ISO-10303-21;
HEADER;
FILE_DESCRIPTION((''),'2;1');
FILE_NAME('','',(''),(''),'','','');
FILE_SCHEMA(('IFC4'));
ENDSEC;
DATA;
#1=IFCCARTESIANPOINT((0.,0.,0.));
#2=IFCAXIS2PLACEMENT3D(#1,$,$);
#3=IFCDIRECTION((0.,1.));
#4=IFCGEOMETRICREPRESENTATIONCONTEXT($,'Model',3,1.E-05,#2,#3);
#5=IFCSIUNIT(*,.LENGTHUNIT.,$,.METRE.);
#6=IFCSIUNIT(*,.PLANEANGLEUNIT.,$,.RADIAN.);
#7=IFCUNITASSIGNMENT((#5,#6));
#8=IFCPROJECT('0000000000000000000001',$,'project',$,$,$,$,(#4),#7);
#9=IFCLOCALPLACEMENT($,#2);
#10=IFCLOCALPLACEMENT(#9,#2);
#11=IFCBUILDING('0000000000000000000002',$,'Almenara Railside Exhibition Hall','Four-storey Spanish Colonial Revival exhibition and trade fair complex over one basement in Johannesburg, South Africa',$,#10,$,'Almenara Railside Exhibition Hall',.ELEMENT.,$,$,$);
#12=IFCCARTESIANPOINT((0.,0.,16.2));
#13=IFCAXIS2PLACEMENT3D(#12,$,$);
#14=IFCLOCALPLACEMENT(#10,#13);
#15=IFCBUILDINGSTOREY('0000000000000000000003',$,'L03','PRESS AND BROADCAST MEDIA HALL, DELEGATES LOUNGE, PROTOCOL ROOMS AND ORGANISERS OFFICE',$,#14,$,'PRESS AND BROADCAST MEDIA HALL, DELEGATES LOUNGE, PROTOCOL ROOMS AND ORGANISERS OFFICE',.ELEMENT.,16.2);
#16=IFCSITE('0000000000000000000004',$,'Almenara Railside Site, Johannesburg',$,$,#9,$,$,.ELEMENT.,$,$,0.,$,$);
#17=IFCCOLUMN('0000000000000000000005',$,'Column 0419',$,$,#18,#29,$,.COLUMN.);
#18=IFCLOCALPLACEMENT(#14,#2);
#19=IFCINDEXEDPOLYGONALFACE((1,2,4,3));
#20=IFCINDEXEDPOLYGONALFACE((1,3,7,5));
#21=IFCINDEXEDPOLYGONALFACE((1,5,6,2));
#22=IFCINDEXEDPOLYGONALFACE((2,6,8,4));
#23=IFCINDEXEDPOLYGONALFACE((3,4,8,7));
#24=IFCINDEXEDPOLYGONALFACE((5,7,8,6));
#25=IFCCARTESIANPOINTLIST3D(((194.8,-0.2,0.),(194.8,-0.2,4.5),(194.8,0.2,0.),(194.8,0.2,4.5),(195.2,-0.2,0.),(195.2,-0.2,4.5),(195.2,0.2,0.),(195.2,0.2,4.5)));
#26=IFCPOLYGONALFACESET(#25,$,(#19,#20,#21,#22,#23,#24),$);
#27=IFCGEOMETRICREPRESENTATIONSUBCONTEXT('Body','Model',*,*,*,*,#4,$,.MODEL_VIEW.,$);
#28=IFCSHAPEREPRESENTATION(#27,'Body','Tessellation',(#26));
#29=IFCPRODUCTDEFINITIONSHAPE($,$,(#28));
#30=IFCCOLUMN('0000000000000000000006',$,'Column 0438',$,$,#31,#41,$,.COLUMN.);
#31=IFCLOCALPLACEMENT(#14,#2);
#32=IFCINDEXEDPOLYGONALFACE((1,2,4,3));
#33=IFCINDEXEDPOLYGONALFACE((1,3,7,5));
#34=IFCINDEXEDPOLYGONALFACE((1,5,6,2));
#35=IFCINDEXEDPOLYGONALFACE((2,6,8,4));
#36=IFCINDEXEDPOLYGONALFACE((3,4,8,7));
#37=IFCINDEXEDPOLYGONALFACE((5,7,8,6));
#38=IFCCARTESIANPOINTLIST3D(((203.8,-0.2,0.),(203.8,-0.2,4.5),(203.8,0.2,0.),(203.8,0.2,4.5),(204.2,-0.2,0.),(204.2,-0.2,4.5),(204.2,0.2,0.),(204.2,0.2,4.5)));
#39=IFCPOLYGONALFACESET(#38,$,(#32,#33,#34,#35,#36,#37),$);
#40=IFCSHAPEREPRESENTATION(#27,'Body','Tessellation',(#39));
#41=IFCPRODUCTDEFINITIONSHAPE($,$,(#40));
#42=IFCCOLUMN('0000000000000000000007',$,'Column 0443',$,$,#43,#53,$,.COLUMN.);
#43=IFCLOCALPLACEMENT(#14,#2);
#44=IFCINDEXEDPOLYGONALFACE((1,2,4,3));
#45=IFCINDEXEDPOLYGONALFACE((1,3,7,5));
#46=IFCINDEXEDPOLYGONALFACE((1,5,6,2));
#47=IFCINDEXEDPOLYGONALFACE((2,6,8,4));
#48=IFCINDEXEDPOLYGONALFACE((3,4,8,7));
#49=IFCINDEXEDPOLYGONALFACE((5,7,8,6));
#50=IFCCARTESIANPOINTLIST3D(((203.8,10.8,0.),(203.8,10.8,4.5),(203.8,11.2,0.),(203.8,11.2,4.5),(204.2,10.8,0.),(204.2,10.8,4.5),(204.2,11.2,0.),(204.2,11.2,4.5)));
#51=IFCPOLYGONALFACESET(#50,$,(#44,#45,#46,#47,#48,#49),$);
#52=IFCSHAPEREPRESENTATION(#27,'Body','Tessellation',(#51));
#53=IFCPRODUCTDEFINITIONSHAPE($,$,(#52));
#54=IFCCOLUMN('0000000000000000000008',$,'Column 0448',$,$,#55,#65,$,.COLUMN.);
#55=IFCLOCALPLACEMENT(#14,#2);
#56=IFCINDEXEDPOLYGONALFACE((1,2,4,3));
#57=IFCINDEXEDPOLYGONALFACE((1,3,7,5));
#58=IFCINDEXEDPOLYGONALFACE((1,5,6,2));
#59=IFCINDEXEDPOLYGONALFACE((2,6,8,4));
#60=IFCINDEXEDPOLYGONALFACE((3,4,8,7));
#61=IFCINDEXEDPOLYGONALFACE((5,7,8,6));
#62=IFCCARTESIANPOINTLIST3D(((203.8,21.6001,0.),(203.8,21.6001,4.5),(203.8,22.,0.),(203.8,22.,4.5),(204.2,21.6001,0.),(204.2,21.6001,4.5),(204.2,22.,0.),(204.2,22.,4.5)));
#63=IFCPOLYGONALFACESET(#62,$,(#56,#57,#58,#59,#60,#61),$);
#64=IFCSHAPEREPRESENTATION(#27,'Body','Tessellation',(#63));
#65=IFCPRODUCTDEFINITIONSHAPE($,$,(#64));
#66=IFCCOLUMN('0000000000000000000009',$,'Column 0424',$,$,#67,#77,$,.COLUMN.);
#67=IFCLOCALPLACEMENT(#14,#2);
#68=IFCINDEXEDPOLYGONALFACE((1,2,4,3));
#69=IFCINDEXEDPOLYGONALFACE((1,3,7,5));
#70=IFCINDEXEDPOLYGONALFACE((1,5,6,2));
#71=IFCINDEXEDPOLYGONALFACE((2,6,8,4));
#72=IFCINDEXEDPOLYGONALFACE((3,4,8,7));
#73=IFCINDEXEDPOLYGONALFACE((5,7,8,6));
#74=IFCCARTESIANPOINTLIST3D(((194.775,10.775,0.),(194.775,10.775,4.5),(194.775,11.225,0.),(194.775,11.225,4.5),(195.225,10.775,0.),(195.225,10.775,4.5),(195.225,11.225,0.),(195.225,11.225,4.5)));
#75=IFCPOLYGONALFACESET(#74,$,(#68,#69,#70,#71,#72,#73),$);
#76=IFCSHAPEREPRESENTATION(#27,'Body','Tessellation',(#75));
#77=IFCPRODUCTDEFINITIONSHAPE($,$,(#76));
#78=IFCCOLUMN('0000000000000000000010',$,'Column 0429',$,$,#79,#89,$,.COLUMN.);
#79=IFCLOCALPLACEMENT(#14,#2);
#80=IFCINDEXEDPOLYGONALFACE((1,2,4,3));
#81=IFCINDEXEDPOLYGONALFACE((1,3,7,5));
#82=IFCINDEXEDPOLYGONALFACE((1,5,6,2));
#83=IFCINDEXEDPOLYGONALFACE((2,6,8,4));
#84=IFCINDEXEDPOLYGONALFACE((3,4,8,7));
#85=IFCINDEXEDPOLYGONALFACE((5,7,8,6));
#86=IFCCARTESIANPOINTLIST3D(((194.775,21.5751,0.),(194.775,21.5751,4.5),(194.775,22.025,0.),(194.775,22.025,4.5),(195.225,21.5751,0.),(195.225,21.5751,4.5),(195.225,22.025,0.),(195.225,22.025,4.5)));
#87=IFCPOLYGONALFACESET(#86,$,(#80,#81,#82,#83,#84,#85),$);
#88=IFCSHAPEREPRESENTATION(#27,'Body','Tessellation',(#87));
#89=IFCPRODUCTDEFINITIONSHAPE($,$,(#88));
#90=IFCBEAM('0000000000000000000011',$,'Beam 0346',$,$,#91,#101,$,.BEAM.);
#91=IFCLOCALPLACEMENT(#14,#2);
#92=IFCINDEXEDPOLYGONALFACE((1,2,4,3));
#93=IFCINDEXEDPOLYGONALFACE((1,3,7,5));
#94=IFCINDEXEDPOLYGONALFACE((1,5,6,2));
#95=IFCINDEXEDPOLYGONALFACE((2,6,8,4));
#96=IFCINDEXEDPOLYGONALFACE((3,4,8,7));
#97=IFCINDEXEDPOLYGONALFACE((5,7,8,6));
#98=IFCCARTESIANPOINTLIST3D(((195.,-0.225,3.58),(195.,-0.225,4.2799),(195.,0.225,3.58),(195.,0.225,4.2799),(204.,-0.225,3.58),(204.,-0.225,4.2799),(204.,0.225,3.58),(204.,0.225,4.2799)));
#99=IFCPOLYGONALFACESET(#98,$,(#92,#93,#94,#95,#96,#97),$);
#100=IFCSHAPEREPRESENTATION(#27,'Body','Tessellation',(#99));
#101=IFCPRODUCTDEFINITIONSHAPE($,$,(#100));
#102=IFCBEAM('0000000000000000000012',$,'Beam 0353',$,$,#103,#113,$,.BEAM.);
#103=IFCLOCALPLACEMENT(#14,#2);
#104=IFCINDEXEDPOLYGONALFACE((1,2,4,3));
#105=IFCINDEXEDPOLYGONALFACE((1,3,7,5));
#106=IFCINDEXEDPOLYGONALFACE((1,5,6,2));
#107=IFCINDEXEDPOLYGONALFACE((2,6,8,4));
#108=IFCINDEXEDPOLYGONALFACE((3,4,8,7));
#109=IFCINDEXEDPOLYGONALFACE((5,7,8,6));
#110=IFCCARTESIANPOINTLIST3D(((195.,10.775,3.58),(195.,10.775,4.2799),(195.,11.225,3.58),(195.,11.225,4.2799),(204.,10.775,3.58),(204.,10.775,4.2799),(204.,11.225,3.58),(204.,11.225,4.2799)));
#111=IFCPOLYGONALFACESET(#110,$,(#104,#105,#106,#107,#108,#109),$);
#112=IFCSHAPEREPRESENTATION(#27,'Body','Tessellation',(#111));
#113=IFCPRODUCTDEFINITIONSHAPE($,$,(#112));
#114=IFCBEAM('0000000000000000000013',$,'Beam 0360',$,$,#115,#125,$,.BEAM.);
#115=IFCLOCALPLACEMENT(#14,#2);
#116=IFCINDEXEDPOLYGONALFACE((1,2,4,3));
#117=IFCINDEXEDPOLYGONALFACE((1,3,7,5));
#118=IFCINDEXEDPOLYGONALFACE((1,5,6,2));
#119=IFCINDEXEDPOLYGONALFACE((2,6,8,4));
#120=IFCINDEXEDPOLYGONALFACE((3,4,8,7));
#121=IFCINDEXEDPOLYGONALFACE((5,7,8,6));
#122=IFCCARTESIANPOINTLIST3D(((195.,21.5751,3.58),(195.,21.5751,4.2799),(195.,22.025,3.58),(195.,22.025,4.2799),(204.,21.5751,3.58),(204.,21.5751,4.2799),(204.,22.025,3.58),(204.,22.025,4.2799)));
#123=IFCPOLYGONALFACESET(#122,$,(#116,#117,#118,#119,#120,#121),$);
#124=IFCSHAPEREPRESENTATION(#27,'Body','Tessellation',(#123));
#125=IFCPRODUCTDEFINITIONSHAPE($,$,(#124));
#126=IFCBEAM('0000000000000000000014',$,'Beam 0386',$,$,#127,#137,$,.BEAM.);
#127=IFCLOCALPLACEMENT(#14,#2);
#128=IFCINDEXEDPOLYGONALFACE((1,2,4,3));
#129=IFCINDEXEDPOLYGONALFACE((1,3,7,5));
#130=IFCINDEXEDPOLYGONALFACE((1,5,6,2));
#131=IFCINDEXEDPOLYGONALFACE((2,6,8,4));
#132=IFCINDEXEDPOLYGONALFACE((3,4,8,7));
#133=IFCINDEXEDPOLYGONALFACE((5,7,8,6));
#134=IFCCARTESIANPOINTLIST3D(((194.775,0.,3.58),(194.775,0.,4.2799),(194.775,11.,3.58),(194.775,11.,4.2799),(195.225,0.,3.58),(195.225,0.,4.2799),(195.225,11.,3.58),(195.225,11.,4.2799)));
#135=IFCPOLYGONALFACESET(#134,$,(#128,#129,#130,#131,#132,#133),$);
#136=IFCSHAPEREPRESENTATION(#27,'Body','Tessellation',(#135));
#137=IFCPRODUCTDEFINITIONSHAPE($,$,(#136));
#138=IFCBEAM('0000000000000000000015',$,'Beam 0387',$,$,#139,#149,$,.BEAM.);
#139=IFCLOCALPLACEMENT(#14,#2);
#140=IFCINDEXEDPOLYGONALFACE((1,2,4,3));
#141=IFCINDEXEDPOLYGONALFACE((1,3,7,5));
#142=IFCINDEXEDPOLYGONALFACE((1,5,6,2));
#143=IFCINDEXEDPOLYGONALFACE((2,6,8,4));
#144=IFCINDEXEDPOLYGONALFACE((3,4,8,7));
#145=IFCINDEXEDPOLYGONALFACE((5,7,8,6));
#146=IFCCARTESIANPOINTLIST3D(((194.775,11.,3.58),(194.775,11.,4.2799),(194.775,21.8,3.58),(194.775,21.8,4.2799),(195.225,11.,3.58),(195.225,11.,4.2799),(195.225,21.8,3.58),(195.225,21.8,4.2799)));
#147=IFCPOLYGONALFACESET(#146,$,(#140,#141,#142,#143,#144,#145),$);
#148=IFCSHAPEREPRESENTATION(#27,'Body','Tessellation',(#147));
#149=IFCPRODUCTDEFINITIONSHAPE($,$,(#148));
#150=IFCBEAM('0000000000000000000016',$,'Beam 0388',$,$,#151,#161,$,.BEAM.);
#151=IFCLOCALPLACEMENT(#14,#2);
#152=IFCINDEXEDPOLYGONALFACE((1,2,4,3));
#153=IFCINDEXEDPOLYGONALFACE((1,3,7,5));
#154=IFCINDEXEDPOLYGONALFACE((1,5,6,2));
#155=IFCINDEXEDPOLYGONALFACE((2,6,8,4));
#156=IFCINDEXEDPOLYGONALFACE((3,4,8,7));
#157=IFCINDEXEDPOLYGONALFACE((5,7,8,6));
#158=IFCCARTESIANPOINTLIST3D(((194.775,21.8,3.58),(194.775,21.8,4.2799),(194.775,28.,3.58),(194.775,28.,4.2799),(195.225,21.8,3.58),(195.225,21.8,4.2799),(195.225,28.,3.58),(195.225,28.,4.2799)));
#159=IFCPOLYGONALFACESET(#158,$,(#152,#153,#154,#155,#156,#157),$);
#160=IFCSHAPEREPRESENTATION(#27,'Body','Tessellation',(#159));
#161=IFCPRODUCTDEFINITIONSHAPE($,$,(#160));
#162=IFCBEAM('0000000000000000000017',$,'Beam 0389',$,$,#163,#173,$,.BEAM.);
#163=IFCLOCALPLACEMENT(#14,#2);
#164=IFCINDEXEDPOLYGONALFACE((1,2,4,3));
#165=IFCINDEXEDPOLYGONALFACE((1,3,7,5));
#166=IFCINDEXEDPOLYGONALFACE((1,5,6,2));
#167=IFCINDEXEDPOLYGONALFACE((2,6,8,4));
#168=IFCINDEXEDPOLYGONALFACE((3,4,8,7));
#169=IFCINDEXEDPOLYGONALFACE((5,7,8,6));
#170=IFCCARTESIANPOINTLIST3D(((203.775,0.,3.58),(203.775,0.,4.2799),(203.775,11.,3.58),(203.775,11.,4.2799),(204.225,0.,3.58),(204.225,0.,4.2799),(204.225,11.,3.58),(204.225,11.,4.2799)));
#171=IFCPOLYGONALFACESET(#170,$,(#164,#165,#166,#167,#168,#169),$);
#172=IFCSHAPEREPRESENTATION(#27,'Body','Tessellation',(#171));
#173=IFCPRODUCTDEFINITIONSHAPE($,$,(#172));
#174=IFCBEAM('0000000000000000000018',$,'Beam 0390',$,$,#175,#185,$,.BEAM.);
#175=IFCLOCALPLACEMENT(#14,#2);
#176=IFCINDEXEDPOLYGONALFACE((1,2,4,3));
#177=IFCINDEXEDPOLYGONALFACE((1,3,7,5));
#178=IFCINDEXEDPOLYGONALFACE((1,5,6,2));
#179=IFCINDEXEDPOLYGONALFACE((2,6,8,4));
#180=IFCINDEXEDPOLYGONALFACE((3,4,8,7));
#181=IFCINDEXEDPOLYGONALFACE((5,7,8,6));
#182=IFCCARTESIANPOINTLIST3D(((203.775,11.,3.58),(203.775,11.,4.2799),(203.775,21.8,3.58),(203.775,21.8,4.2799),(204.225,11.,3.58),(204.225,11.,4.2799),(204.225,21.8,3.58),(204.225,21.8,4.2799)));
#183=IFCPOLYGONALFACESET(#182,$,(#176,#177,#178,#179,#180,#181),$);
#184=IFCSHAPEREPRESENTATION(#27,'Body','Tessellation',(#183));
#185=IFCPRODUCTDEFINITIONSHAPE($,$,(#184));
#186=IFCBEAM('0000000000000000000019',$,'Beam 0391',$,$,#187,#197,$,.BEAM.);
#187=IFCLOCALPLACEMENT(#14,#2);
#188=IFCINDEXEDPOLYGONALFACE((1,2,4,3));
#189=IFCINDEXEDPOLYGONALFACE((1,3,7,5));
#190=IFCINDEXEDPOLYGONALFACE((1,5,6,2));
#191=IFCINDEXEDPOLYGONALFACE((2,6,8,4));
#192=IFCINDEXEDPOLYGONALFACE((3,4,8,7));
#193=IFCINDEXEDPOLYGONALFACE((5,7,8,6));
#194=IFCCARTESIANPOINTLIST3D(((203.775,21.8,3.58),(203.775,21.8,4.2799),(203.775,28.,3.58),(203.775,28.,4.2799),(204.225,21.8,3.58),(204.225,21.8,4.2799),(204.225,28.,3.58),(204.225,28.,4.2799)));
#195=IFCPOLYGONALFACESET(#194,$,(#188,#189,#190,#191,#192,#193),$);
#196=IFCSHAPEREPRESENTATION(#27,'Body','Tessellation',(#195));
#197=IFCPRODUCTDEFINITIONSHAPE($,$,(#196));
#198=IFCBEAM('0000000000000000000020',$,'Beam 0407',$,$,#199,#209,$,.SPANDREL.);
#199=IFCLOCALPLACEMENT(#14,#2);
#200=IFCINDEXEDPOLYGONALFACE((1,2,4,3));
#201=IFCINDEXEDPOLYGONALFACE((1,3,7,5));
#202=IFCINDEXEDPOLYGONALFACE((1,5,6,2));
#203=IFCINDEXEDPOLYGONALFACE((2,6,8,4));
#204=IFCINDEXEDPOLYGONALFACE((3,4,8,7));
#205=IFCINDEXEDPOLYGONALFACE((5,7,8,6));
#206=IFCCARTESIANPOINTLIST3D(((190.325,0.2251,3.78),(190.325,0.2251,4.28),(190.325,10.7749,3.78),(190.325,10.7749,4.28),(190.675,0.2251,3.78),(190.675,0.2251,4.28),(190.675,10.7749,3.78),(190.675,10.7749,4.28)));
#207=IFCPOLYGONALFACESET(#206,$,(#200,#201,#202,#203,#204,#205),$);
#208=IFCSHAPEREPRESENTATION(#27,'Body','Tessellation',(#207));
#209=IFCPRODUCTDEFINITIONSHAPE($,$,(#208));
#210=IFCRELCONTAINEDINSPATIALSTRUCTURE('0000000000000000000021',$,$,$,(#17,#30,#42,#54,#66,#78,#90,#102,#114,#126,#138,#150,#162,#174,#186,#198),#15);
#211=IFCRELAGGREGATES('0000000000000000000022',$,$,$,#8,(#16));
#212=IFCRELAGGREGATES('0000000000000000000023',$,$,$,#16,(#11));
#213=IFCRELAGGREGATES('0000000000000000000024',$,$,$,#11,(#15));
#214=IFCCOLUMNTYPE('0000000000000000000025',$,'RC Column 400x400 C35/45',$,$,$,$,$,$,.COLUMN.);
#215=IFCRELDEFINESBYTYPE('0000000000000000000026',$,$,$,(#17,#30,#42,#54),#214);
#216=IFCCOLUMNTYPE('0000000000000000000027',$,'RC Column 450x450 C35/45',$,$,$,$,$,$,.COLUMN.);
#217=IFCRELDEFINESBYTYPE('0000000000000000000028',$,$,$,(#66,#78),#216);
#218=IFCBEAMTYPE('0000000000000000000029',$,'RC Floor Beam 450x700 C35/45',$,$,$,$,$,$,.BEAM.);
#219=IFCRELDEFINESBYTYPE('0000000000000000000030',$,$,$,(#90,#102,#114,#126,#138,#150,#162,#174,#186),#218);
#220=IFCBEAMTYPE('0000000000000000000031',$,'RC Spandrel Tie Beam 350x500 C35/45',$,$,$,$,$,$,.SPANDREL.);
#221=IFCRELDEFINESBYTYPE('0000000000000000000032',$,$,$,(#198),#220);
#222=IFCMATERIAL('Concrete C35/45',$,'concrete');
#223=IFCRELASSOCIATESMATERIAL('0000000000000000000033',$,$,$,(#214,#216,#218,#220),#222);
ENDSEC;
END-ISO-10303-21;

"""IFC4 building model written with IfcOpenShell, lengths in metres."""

from ifc_helpers import new_model, si_unit, direction, frame, origin, origin_2d, place, context, subcontext, project, spatial, rectangle, extrude, material, material_profile, profile_set, type_object, element, save


model = new_model("IFC4")

# Units and contexts
model_context = context("Model", 3, precision=1e-05, world=origin(), true_north=direction((0.0, 1.0)))
body_context = subcontext(model_context, "Body", "Model", "MODEL_VIEW")
ifc_project = project(units=[si_unit("LENGTHUNIT", "METRE"), si_unit("PLANEANGLEUNIT", "RADIAN")], contexts=[model_context])

# Site, building, storey
site_placement = place(None, origin())
site = spatial("IfcSite", under=ifc_project, at=site_placement, Name="Almenara Railside Site, Johannesburg", CompositionType="ELEMENT", RefElevation=0.0)
building_placement = place(site_placement, origin())
building = spatial("IfcBuilding", under=site, at=building_placement, Name="Almenara Railside Exhibition Hall", Description="Four-storey Spanish Colonial Revival exhibition and trade fair complex over one basement in Johannesburg, South Africa", LongName="Almenara Railside Exhibition Hall", CompositionType="ELEMENT")
storey_placement = place(building_placement, frame((0.0, 0.0, 16.2)))
storey = spatial("IfcBuildingStorey", under=building, at=storey_placement, Name="L03", Description="PRESS AND BROADCAST MEDIA HALL, DELEGATES LOUNGE, PROTOCOL ROOMS AND ORGANISERS OFFICE", LongName="PRESS AND BROADCAST MEDIA HALL, DELEGATES LOUNGE, PROTOCOL ROOMS AND ORGANISERS OFFICE", CompositionType="ELEMENT", Elevation=16.2)

# Columns
ifc_material_1 = material(Name="Concrete C35/45", Category="concrete")
ifc_material_profile_1 = material_profile(ifc_material_1, rectangle(XDim=0.3999, YDim=0.3999, at=origin_2d()), Name="RC 400x400")
ifc_profile_set_1 = profile_set([ifc_material_profile_1], Name="Concrete C35/45")
column_type_1 = type_object("IfcColumnType", Name="RC Column 400x400 C35/45", PredefinedType="COLUMN", material=ifc_profile_set_1)
for number, where, z_axis, x_axis, name in (
    (1, (195.0, 0.0, 0.0), (0.0, 0.0, 1.0), (1.0, 0.0, 0.0), "Column 0419"),
    (2, (204.0, 0.0, 0.0), (0.0, 0.0, 1.0), (1.0, 0.0, 0.0), "Column 0438"),
    (3, (204.0, 11.0, 0.0), (0.0, 0.0, 1.0), (1.0, 0.0, 0.0), "Column 0443"),
    (4, (204.0, 21.8, 0.0), (0.0, 0.0, 1.0), (1.0, 0.0, 0.0), "Column 0448"),
):
    element("IfcColumn", number, at=place(storey_placement, frame(where, z_axis=z_axis, x_axis=x_axis)), inside=storey, type_object=column_type_1, Name=name, PredefinedType="COLUMN", context=body_context, shape_type="SweptSolid", body=[
        extrude(rectangle(XDim=0.3999, YDim=0.3999, at=origin_2d()), origin(), (0.0, 0.0, 1.0), 4.5),
    ])
ifc_material_profile_2 = material_profile(ifc_material_1, rectangle(XDim=0.45, YDim=0.45, at=origin_2d()), Name="RC 450x450")
ifc_profile_set_2 = profile_set([ifc_material_profile_2], Name="Concrete C35/45")
column_type_2 = type_object("IfcColumnType", Name="RC Column 450x450 C35/45", PredefinedType="COLUMN", material=ifc_profile_set_2)
for number, where, z_axis, x_axis, name in (
    (5, (195.0, 11.0, 0.0), (0.0, 0.0, 1.0), (1.0, 0.0, 0.0), "Column 0424"),
    (6, (195.0, 21.8, 0.0), (0.0, 0.0, 1.0), (1.0, 0.0, 0.0), "Column 0429"),
):
    element("IfcColumn", number, at=place(storey_placement, frame(where, z_axis=z_axis, x_axis=x_axis)), inside=storey, type_object=column_type_2, Name=name, PredefinedType="COLUMN", context=body_context, shape_type="SweptSolid", body=[
        extrude(rectangle(XDim=0.45, YDim=0.45, at=origin_2d()), origin(), (0.0, 0.0, 1.0), 4.5),
    ])

# Beams
ifc_material_profile_3 = material_profile(ifc_material_1, rectangle(XDim=0.45, YDim=0.7, at=origin_2d()), Name="RC 450x700")
ifc_profile_set_3 = profile_set([ifc_material_profile_3], Name="Concrete C35/45")
beam_type_1 = type_object("IfcBeamType", Name="RC Floor Beam 450x700 C35/45", PredefinedType="BEAM", material=ifc_profile_set_3)
for number, where, z_axis, x_axis, name in (
    (7, (195.0, 0.0, 3.9299), (1.0, 0.0, 0.0), (0.0, 1.0, 0.0), "Beam 0346"),
    (8, (195.0, 11.0, 3.9299), (1.0, 0.0, 0.0), (0.0, 1.0, 0.0), "Beam 0353"),
    (9, (195.0, 21.8, 3.9299), (1.0, 0.0, 0.0), (0.0, 1.0, 0.0), "Beam 0360"),
):
    element("IfcBeam", number, at=place(storey_placement, frame(where, z_axis=z_axis, x_axis=x_axis)), inside=storey, type_object=beam_type_1, Name=name, PredefinedType="BEAM", context=body_context, shape_type="SweptSolid", body=[
        extrude(rectangle(XDim=0.45, YDim=0.7, at=origin_2d()), origin(), (0.0, 0.0, 1.0), 9.0),
    ])
beam_1_placement = place(storey_placement, frame((195.0, 0.0, 3.9299), z_axis=(0.0, 1.0, 0.0), x_axis=(-1.0, 0.0, 0.0)))
element("IfcBeam", 10, at=beam_1_placement, inside=storey, type_object=beam_type_1, Name="Beam 0386", PredefinedType="BEAM", context=body_context, shape_type="SweptSolid", body=[
    extrude(rectangle(XDim=0.45, YDim=0.7, at=origin_2d()), origin(), (0.0, 0.0, 1.0), 11.0),
])
beam_2_placement = place(storey_placement, frame((195.0, 11.0, 3.9299), z_axis=(0.0, 1.0, 0.0), x_axis=(-1.0, 0.0, 0.0)))
element("IfcBeam", 11, at=beam_2_placement, inside=storey, type_object=beam_type_1, Name="Beam 0387", PredefinedType="BEAM", context=body_context, shape_type="SweptSolid", body=[
    extrude(rectangle(XDim=0.45, YDim=0.7, at=origin_2d()), origin(), (0.0, 0.0, 1.0), 10.8),
])
beam_3_placement = place(storey_placement, frame((195.0, 21.8, 3.9299), z_axis=(0.0, 1.0, 0.0), x_axis=(-1.0, 0.0, 0.0)))
element("IfcBeam", 12, at=beam_3_placement, inside=storey, type_object=beam_type_1, Name="Beam 0388", PredefinedType="BEAM", context=body_context, shape_type="SweptSolid", body=[
    extrude(rectangle(XDim=0.45, YDim=0.7, at=origin_2d()), origin(), (0.0, 0.0, 1.0), 6.2),
])
beam_4_placement = place(storey_placement, frame((204.0, 0.0, 3.9299), z_axis=(0.0, 1.0, 0.0), x_axis=(-1.0, 0.0, 0.0)))
element("IfcBeam", 13, at=beam_4_placement, inside=storey, type_object=beam_type_1, Name="Beam 0389", PredefinedType="BEAM", context=body_context, shape_type="SweptSolid", body=[
    extrude(rectangle(XDim=0.45, YDim=0.7, at=origin_2d()), origin(), (0.0, 0.0, 1.0), 11.0),
])
beam_5_placement = place(storey_placement, frame((204.0, 11.0, 3.9299), z_axis=(0.0, 1.0, 0.0), x_axis=(-1.0, 0.0, 0.0)))
element("IfcBeam", 14, at=beam_5_placement, inside=storey, type_object=beam_type_1, Name="Beam 0390", PredefinedType="BEAM", context=body_context, shape_type="SweptSolid", body=[
    extrude(rectangle(XDim=0.45, YDim=0.7, at=origin_2d()), origin(), (0.0, 0.0, 1.0), 10.8),
])
beam_6_placement = place(storey_placement, frame((204.0, 21.8, 3.9299), z_axis=(0.0, 1.0, 0.0), x_axis=(-1.0, 0.0, 0.0)))
element("IfcBeam", 15, at=beam_6_placement, inside=storey, type_object=beam_type_1, Name="Beam 0391", PredefinedType="BEAM", context=body_context, shape_type="SweptSolid", body=[
    extrude(rectangle(XDim=0.45, YDim=0.7, at=origin_2d()), origin(), (0.0, 0.0, 1.0), 6.2),
])
ifc_material_profile_4 = material_profile(ifc_material_1, rectangle(XDim=0.3501, YDim=0.5, at=origin_2d()), Name="RC 350x500")
ifc_profile_set_4 = profile_set([ifc_material_profile_4], Name="Concrete C35/45")
beam_type_2 = type_object("IfcBeamType", Name="RC Spandrel Tie Beam 350x500 C35/45", PredefinedType="SPANDREL", material=ifc_profile_set_4)
beam_7_placement = place(storey_placement, frame((190.5, 0.2251, 4.03), z_axis=(0.0, 1.0, 0.0), x_axis=(-1.0, 0.0, 0.0)))
element("IfcBeam", 16, at=beam_7_placement, inside=storey, type_object=beam_type_2, Name="Beam 0407", PredefinedType="SPANDREL", context=body_context, shape_type="SweptSolid", body=[
    extrude(rectangle(XDim=0.3501, YDim=0.5, at=origin_2d()), origin(), (0.0, 0.0, 1.0), 10.5498),
])

save(model, "model.ifc")
